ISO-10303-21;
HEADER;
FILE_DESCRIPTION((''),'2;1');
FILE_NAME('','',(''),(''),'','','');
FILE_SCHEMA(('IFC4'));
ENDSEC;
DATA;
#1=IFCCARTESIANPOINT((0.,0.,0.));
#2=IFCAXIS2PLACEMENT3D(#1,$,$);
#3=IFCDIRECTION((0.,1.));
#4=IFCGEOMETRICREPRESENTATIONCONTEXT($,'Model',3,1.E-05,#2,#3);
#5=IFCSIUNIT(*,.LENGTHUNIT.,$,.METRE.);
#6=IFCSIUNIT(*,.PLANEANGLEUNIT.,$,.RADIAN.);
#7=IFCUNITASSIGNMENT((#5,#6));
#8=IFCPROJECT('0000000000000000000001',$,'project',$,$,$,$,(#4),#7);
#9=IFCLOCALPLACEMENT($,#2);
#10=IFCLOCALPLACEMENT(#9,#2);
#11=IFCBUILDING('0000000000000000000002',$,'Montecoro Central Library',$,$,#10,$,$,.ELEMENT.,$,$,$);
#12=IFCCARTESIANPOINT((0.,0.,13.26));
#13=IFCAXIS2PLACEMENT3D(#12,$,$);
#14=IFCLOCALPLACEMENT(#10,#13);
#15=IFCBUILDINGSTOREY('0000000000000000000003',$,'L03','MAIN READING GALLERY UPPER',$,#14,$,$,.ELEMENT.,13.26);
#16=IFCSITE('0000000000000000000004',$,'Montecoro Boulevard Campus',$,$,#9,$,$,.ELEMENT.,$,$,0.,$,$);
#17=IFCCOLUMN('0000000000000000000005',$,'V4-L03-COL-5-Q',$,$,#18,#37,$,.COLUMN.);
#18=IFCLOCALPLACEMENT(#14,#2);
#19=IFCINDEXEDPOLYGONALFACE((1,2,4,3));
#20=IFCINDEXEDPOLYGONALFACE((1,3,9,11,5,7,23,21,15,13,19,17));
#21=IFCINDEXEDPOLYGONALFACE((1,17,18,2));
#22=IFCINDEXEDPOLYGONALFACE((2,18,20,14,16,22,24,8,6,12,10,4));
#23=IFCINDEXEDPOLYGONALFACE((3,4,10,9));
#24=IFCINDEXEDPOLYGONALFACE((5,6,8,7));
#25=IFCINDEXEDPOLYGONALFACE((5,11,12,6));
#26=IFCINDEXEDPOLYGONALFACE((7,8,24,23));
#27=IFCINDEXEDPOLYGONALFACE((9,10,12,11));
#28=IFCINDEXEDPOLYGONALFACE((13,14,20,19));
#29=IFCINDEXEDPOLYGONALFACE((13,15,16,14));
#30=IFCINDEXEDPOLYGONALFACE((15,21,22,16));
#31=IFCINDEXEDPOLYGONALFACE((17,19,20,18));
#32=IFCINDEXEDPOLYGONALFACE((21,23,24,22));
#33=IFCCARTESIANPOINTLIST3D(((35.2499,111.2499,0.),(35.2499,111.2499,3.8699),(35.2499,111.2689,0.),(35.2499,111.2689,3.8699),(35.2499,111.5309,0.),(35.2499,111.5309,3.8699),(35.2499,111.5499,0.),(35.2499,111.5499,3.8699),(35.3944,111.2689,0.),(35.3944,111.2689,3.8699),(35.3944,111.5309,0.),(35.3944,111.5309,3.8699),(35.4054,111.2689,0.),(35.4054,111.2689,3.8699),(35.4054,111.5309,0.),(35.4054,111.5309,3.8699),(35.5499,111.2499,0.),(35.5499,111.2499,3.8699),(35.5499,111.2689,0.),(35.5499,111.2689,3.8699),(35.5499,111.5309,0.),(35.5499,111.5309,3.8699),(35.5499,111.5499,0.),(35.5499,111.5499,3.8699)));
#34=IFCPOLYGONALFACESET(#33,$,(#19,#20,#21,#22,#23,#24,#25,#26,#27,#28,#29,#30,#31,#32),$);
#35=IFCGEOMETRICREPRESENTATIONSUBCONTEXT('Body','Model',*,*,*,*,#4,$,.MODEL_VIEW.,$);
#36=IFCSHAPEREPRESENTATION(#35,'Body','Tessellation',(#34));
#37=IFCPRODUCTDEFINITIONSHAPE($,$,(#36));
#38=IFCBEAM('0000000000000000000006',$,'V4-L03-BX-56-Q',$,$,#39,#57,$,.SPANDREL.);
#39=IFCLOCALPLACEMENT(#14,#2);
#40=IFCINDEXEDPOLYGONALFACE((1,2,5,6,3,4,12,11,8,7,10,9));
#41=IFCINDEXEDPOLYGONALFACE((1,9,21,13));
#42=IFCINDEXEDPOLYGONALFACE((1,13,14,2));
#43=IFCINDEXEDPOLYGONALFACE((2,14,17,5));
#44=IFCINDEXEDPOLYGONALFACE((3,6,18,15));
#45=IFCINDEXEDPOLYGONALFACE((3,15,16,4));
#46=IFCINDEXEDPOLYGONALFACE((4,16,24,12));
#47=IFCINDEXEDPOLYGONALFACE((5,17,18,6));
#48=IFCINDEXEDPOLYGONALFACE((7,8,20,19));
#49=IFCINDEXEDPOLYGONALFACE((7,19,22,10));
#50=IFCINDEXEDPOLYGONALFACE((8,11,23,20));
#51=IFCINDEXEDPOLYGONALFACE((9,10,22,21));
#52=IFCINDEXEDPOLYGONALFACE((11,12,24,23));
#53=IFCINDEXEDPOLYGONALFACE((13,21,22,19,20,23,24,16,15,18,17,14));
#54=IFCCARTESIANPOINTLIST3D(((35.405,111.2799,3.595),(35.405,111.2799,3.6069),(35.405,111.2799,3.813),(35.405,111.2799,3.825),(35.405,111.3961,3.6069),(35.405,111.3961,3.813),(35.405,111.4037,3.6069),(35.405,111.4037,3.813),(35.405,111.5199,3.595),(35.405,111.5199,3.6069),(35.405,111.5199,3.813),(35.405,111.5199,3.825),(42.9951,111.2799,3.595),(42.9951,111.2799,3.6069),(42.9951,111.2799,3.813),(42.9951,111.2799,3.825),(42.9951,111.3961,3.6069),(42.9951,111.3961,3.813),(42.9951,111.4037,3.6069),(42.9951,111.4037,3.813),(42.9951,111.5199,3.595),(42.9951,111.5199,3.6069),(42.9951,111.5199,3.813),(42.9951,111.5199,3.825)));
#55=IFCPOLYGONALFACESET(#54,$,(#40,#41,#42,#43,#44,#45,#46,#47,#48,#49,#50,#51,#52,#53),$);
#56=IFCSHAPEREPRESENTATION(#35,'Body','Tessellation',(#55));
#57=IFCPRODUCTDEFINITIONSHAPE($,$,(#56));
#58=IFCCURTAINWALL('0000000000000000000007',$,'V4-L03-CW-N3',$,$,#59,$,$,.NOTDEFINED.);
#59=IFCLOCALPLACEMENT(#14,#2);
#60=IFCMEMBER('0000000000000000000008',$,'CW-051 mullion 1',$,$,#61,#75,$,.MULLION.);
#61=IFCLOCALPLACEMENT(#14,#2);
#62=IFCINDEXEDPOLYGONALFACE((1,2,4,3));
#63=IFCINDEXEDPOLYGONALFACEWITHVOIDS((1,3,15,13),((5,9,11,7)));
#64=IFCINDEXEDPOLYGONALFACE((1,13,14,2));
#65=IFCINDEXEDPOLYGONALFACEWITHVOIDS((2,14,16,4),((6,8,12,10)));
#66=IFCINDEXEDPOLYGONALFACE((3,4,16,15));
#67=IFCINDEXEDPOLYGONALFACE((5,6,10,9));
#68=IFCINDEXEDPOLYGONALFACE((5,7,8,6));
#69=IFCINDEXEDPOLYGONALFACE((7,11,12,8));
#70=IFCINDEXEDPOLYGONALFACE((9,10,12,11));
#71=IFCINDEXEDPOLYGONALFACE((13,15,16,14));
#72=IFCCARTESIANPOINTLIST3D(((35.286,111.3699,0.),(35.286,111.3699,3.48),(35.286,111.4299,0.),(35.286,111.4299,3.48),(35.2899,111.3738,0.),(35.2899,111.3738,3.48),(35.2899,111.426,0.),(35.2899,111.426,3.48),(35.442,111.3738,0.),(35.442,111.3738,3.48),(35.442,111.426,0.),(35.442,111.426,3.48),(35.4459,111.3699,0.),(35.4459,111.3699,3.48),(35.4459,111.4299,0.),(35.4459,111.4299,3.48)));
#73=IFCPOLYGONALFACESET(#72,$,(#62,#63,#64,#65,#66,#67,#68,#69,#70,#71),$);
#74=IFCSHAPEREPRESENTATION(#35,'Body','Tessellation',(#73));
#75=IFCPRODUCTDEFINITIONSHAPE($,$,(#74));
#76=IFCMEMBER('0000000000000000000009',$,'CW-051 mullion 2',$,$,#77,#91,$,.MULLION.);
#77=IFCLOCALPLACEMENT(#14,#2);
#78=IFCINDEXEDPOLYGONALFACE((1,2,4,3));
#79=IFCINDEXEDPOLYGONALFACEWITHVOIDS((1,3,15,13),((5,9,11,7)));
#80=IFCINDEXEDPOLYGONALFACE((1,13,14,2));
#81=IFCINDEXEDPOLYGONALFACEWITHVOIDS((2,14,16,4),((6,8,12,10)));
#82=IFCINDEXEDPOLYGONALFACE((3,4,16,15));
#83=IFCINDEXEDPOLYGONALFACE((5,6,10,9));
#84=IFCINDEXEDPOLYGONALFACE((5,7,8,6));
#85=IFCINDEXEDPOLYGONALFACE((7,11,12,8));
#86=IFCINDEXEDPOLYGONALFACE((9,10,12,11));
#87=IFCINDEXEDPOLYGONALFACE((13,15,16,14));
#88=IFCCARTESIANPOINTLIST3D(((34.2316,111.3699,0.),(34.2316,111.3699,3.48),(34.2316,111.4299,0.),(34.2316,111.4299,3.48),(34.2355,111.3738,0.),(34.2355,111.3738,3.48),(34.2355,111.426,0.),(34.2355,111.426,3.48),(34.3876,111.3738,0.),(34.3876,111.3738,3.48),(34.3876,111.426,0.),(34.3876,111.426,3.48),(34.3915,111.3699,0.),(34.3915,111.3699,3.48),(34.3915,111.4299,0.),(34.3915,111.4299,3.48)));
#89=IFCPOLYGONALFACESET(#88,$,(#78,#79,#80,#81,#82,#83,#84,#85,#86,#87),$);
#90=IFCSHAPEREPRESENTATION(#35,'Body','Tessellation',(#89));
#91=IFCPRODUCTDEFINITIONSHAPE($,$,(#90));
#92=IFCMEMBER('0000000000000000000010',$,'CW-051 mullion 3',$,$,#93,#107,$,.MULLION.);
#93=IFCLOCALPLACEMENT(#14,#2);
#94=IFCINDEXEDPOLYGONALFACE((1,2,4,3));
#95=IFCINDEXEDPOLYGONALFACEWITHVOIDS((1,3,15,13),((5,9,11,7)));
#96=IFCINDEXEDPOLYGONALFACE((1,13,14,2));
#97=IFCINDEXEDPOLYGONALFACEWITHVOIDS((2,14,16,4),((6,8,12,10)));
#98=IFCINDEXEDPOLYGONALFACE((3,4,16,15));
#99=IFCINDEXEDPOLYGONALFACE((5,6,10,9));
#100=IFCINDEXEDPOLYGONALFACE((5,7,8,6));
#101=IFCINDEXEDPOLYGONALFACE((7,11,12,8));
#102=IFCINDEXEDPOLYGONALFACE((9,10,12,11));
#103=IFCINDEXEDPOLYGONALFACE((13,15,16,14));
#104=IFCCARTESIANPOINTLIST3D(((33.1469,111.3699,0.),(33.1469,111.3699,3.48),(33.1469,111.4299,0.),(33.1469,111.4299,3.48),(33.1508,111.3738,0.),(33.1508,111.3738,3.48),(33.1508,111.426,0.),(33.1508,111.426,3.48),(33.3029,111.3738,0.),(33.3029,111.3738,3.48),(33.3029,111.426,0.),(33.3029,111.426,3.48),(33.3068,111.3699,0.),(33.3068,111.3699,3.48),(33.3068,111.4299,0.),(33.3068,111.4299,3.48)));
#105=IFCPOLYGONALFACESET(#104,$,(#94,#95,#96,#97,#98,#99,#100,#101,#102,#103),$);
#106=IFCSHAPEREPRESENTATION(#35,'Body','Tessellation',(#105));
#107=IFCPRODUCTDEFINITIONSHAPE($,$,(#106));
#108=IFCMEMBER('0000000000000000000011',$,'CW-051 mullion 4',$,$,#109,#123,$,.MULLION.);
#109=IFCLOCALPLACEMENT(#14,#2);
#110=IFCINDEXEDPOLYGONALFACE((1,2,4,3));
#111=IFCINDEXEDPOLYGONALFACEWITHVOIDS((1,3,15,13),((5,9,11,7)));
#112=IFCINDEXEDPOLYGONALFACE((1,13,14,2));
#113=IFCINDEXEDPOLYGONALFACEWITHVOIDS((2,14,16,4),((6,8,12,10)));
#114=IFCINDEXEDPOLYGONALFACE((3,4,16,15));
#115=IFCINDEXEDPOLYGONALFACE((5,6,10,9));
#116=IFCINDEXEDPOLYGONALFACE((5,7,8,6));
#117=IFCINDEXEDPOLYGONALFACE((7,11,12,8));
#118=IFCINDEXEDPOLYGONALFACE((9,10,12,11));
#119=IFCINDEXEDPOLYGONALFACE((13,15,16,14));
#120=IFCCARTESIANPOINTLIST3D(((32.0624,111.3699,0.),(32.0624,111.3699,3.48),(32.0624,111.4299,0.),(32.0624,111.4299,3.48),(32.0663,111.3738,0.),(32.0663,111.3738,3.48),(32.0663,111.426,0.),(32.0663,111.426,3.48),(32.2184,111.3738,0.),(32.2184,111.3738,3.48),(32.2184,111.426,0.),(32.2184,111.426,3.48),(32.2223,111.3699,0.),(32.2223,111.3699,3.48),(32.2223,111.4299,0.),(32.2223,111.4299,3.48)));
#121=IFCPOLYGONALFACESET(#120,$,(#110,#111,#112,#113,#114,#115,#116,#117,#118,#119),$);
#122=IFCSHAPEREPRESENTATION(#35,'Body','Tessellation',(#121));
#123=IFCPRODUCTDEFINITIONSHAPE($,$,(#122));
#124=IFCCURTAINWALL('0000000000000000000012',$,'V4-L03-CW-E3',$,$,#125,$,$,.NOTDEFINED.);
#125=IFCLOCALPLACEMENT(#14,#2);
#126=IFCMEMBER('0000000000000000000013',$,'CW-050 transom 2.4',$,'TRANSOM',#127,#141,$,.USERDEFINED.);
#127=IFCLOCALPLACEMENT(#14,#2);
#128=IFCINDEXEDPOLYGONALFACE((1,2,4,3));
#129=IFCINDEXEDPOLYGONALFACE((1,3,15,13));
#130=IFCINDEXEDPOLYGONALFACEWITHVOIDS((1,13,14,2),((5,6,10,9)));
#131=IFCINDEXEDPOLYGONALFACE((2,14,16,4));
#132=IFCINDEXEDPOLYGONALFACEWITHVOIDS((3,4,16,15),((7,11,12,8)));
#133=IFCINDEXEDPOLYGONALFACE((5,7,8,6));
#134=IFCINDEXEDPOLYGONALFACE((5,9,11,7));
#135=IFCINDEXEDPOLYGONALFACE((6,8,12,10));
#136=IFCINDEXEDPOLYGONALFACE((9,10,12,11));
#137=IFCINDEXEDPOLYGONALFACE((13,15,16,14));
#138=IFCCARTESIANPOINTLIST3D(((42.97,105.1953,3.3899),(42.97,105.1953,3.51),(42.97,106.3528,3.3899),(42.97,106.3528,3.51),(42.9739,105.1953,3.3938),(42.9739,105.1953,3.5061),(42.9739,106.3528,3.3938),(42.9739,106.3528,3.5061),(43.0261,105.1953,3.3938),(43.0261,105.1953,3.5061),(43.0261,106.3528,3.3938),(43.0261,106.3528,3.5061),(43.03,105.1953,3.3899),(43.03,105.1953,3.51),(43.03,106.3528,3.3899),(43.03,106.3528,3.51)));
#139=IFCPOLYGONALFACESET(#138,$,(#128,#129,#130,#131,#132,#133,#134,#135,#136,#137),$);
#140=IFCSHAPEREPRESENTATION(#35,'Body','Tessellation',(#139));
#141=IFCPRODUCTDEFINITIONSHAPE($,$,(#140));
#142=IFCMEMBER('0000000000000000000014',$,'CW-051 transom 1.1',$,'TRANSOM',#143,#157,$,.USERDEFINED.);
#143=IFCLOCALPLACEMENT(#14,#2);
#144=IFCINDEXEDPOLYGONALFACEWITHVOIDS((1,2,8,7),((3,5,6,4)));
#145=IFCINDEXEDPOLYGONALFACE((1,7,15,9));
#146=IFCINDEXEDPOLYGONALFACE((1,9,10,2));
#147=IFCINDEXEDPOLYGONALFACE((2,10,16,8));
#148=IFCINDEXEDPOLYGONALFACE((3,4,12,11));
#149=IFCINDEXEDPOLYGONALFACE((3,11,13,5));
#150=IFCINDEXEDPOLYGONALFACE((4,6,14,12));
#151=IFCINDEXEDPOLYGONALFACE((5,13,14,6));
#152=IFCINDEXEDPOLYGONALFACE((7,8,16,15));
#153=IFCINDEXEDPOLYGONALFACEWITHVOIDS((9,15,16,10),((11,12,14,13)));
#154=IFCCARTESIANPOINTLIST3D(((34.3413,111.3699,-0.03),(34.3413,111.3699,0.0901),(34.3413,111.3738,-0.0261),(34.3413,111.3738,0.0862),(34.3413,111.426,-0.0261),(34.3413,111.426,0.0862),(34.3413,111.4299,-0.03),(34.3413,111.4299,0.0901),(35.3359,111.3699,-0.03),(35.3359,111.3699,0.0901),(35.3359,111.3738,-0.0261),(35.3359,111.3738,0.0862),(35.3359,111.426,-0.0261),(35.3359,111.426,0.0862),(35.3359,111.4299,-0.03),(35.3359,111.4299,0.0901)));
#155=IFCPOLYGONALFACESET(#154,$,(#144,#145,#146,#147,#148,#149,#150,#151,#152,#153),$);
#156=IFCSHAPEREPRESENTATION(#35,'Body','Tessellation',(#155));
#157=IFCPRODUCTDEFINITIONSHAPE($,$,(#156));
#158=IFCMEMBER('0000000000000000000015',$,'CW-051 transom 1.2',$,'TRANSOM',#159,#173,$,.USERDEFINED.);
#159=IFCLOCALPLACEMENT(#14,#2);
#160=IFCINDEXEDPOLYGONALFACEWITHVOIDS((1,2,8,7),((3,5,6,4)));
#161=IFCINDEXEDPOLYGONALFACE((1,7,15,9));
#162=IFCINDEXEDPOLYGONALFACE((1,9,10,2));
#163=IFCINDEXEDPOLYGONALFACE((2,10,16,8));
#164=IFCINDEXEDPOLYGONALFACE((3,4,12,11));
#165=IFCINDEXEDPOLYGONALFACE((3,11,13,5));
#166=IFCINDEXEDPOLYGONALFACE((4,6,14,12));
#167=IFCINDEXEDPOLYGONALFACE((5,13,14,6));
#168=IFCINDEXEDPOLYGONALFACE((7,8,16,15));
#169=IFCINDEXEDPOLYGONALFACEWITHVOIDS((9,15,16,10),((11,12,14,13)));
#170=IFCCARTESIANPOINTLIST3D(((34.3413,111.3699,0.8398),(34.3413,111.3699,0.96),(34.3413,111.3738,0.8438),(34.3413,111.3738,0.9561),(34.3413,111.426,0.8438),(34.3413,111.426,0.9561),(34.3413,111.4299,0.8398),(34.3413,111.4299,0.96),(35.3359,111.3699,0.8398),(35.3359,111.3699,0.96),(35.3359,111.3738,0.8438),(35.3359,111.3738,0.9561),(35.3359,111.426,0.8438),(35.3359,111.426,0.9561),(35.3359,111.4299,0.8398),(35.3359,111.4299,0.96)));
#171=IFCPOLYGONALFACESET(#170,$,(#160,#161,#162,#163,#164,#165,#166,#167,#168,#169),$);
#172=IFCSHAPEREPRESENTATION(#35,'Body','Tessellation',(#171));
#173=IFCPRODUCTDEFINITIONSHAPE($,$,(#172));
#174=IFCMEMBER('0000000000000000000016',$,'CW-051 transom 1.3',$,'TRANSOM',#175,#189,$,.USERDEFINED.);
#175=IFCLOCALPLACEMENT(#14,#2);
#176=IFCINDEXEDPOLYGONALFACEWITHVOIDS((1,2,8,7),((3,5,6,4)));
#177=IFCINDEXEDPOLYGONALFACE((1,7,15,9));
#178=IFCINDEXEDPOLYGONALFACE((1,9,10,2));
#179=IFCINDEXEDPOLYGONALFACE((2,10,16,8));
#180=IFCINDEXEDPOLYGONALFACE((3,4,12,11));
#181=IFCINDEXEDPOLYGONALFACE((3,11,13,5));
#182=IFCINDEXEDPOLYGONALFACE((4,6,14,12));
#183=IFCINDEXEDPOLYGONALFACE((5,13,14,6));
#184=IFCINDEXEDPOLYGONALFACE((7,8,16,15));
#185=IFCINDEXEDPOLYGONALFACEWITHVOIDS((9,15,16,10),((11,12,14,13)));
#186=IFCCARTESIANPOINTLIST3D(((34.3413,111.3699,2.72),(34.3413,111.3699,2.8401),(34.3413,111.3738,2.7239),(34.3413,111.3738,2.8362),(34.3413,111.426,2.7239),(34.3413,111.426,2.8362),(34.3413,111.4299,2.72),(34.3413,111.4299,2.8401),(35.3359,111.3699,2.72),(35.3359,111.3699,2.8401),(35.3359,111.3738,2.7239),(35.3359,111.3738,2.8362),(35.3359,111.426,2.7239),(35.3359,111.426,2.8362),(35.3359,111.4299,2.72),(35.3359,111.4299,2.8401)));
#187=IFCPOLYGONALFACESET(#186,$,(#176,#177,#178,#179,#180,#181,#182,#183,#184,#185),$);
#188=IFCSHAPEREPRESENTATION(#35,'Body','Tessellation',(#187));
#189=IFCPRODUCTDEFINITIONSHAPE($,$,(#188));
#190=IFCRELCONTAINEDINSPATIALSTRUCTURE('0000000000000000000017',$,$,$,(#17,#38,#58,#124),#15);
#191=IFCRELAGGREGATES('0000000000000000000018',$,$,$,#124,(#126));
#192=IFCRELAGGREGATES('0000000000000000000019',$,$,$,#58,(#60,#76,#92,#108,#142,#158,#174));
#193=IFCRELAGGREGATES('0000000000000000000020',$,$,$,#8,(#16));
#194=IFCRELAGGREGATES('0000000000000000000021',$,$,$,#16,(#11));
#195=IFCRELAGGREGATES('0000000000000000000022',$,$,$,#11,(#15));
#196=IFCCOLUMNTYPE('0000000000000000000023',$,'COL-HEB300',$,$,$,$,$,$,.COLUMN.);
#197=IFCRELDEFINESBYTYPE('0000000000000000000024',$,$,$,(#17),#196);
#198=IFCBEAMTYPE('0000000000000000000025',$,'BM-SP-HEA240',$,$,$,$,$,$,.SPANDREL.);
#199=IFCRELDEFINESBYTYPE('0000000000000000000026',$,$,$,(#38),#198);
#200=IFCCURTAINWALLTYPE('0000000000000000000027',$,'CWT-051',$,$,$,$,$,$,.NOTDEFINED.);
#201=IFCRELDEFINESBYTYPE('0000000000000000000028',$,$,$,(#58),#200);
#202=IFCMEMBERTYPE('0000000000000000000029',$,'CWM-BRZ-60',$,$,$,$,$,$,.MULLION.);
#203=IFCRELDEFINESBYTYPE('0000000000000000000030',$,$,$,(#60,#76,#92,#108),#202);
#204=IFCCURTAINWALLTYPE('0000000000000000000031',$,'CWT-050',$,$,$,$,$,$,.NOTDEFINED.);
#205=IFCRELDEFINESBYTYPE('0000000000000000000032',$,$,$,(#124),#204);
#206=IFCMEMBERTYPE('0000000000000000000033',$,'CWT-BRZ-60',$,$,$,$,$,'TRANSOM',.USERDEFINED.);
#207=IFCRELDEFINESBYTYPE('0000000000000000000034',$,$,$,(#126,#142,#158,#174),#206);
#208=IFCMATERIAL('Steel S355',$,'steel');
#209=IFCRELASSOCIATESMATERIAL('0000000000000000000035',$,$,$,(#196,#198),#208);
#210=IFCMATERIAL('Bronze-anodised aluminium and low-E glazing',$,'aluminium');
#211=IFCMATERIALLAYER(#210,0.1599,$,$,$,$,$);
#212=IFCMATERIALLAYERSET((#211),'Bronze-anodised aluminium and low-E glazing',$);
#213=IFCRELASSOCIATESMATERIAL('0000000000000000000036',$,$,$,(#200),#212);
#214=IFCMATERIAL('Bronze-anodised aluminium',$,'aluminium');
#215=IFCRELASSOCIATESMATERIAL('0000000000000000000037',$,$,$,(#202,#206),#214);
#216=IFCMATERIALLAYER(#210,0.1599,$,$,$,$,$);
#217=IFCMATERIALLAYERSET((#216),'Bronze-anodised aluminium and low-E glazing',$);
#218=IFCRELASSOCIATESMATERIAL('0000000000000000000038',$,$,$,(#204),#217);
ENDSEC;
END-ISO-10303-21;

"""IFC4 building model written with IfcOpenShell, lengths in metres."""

from ifc_helpers import new_model, si_unit, direction, frame, origin, origin_2d, place, context, subcontext, project, spatial, hollow_rectangle, i_section, extrude, material, layer, layer_set, material_profile, profile_set, type_object, element, aggregate, save


model = new_model("IFC4")

# Units and contexts
model_context = context("Model", 3, precision=1e-05, world=origin(), true_north=direction((0.0, 1.0)))
body_context = subcontext(model_context, "Body", "Model", "MODEL_VIEW")
ifc_project = project(units=[si_unit("LENGTHUNIT", "METRE"), si_unit("PLANEANGLEUNIT", "RADIAN")], contexts=[model_context])

# Site, building, storey
site_placement = place(None, origin())
site = spatial("IfcSite", under=ifc_project, at=site_placement, Name="Montecoro Boulevard Campus", CompositionType="ELEMENT", RefElevation=0.0)
building_placement = place(site_placement, origin())
building = spatial("IfcBuilding", under=site, at=building_placement, Name="Montecoro Central Library", CompositionType="ELEMENT")
storey_placement = place(building_placement, frame((0.0, 0.0, 13.26)))
storey = spatial("IfcBuildingStorey", under=building, at=storey_placement, Name="L03", Description="MAIN READING GALLERY UPPER", CompositionType="ELEMENT", Elevation=13.26)

# Column
ifc_material_1 = material(Name="Steel S355", Category="steel")
ifc_material_profile_1 = material_profile(ifc_material_1, i_section(OverallWidth=0.3, OverallDepth=0.3, WebThickness=0.011, FlangeThickness=0.019, at=origin_2d()), Name="HEB 300")
ifc_profile_set_1 = profile_set([ifc_material_profile_1], Name="Steel S355")
column_type = type_object("IfcColumnType", Name="COL-HEB300", PredefinedType="COLUMN", material=ifc_profile_set_1)
column_placement = place(storey_placement, frame((35.3999, 111.3999, 0.0), z_axis=(0.0, 0.0, 1.0), x_axis=(1.0, 0.0, 0.0)))
element("IfcColumn", 1, at=column_placement, inside=storey, type_object=column_type, Name="V4-L03-COL-5-Q", PredefinedType="COLUMN", context=body_context, shape_type="SweptSolid", body=[
    extrude(i_section(OverallWidth=0.3, OverallDepth=0.3, WebThickness=0.011, FlangeThickness=0.019, at=origin_2d()), origin(), (0.0, 0.0, 1.0), 3.8699),
])

# Beam
ifc_material_profile_2 = material_profile(ifc_material_1, i_section(OverallWidth=0.24, OverallDepth=0.23, WebThickness=0.0076, FlangeThickness=0.012, at=origin_2d()), Name="HEA 240")
ifc_profile_set_2 = profile_set([ifc_material_profile_2], Name="Steel S355")
beam_type = type_object("IfcBeamType", Name="BM-SP-HEA240", PredefinedType="SPANDREL", material=ifc_profile_set_2)
beam_placement = place(storey_placement, frame((35.405, 111.3999, 3.71), z_axis=(1.0, 0.0, 0.0), x_axis=(0.0, 1.0, 0.0)))
element("IfcBeam", 2, at=beam_placement, inside=storey, type_object=beam_type, Name="V4-L03-BX-56-Q", PredefinedType="SPANDREL", context=body_context, shape_type="SweptSolid", body=[
    extrude(i_section(OverallWidth=0.24, OverallDepth=0.23, WebThickness=0.0076, FlangeThickness=0.012, at=origin_2d()), origin(), (0.0, 0.0, 1.0), 7.5901),
])

# Curtain wall, members
ifc_material_2 = material(Name="Bronze-anodised aluminium and low-E glazing", Category="aluminium")
ifc_layer_1 = layer(ifc_material_2, 0.1599)
ifc_layer_set_1 = layer_set([ifc_layer_1], Name="Bronze-anodised aluminium and low-E glazing")
curtain_wall_type_1 = type_object("IfcCurtainWallType", Name="CWT-051", PredefinedType="NOTDEFINED", material=ifc_layer_set_1)
curtain_wall_1_placement = place(storey_placement, origin())
curtain_wall_1 = element("IfcCurtainWall", 3, at=curtain_wall_1_placement, inside=storey, type_object=curtain_wall_type_1, Name="V4-L03-CW-N3", PredefinedType="NOTDEFINED")
ifc_material_3 = material(Name="Bronze-anodised aluminium", Category="aluminium")
ifc_material_profile_3 = material_profile(ifc_material_3, hollow_rectangle(XDim=0.0601, YDim=0.1599, WallThickness=0.0039, at=origin_2d()), Name="CWM 160x60x4.0")
ifc_profile_set_3 = profile_set([ifc_material_profile_3], Name="Bronze-anodised aluminium")
member_type_1 = type_object("IfcMemberType", Name="CWM-BRZ-60", PredefinedType="MULLION", material=ifc_profile_set_3)
member_1_placement = place(storey_placement, frame((35.366, 111.3999, 0.0), z_axis=(0.0, 0.0, 1.0), x_axis=(0.0, -1.0, 0.0)))
member_1 = element("IfcMember", 4, at=member_1_placement, type_object=member_type_1, Name="CW-051 mullion 1", PredefinedType="MULLION", context=body_context, shape_type="SweptSolid", body=[
    extrude(hollow_rectangle(XDim=0.0601, YDim=0.1599, WallThickness=0.0039, at=origin_2d()), origin(), (0.0, 0.0, 1.0), 3.48),
])
member_2_placement = place(storey_placement, frame((34.3115, 111.3999, 0.0), z_axis=(0.0, 0.0, 1.0), x_axis=(0.0, -1.0, 0.0)))
member_2 = element("IfcMember", 5, at=member_2_placement, type_object=member_type_1, Name="CW-051 mullion 2", PredefinedType="MULLION", context=body_context, shape_type="SweptSolid", body=[
    extrude(hollow_rectangle(XDim=0.0601, YDim=0.1599, WallThickness=0.0039, at=origin_2d()), origin(), (0.0, 0.0, 1.0), 3.48),
])
member_3_placement = place(storey_placement, frame((33.2268, 111.3999, 0.0), z_axis=(0.0, 0.0, 1.0), x_axis=(0.0, -1.0, 0.0)))
member_3 = element("IfcMember", 6, at=member_3_placement, type_object=member_type_1, Name="CW-051 mullion 3", PredefinedType="MULLION", context=body_context, shape_type="SweptSolid", body=[
    extrude(hollow_rectangle(XDim=0.0601, YDim=0.1599, WallThickness=0.0039, at=origin_2d()), origin(), (0.0, 0.0, 1.0), 3.48),
])
member_4_placement = place(storey_placement, frame((32.1423, 111.3999, 0.0), z_axis=(0.0, 0.0, 1.0), x_axis=(0.0, -1.0, 0.0)))
member_4 = element("IfcMember", 7, at=member_4_placement, type_object=member_type_1, Name="CW-051 mullion 4", PredefinedType="MULLION", context=body_context, shape_type="SweptSolid", body=[
    extrude(hollow_rectangle(XDim=0.0601, YDim=0.1599, WallThickness=0.0039, at=origin_2d()), origin(), (0.0, 0.0, 1.0), 3.48),
])

# Curtain wall, member
ifc_layer_2 = layer(ifc_material_2, 0.1599)
ifc_layer_set_2 = layer_set([ifc_layer_2], Name="Bronze-anodised aluminium and low-E glazing")
curtain_wall_type_2 = type_object("IfcCurtainWallType", Name="CWT-050", PredefinedType="NOTDEFINED", material=ifc_layer_set_2)
curtain_wall_2_placement = place(storey_placement, origin())
curtain_wall_2 = element("IfcCurtainWall", 8, at=curtain_wall_2_placement, inside=storey, type_object=curtain_wall_type_2, Name="V4-L03-CW-E3", PredefinedType="NOTDEFINED")
ifc_material_profile_4 = material_profile(ifc_material_3, hollow_rectangle(XDim=0.0601, YDim=0.1201, WallThickness=0.0039, at=origin_2d()), Name="CWT 120x60x4.0")
ifc_profile_set_4 = profile_set([ifc_material_profile_4], Name="Bronze-anodised aluminium")
member_type_2 = type_object("IfcMemberType", Name="CWT-BRZ-60", ElementType="TRANSOM", PredefinedType="USERDEFINED", material=ifc_profile_set_4)
member_5_placement = place(storey_placement, frame((43.0, 105.1953, 3.45), z_axis=(0.0, 1.0, 0.0), x_axis=(-1.0, 0.0, 0.0)))
member_5 = element("IfcMember", 9, at=member_5_placement, type_object=member_type_2, Name="CW-050 transom 2.4", ObjectType="TRANSOM", PredefinedType="USERDEFINED", context=body_context, shape_type="SweptSolid", body=[
    extrude(hollow_rectangle(XDim=0.0601, YDim=0.1201, WallThickness=0.0039, at=origin_2d()), origin(), (0.0, 0.0, 1.0), 1.1575),
])

# Members
member_6_placement = place(storey_placement, frame((35.3359, 111.3999, 0.03), z_axis=(-1.0, 0.0, 0.0), x_axis=(0.0, -1.0, 0.0)))
member_6 = element("IfcMember", 10, at=member_6_placement, type_object=member_type_2, Name="CW-051 transom 1.1", ObjectType="TRANSOM", PredefinedType="USERDEFINED", context=body_context, shape_type="SweptSolid", body=[
    extrude(hollow_rectangle(XDim=0.0601, YDim=0.1201, WallThickness=0.0039, at=origin_2d()), origin(), (0.0, 0.0, 1.0), 0.9946),
])
member_7_placement = place(storey_placement, frame((35.3359, 111.3999, 0.8999), z_axis=(-1.0, 0.0, 0.0), x_axis=(0.0, -1.0, 0.0)))
member_7 = element("IfcMember", 11, at=member_7_placement, type_object=member_type_2, Name="CW-051 transom 1.2", ObjectType="TRANSOM", PredefinedType="USERDEFINED", context=body_context, shape_type="SweptSolid", body=[
    extrude(hollow_rectangle(XDim=0.0601, YDim=0.1201, WallThickness=0.0039, at=origin_2d()), origin(), (0.0, 0.0, 1.0), 0.9946),
])
member_8_placement = place(storey_placement, frame((35.3359, 111.3999, 2.78), z_axis=(-1.0, 0.0, 0.0), x_axis=(0.0, -1.0, 0.0)))
member_8 = element("IfcMember", 12, at=member_8_placement, type_object=member_type_2, Name="CW-051 transom 1.3", ObjectType="TRANSOM", PredefinedType="USERDEFINED", context=body_context, shape_type="SweptSolid", body=[
    extrude(hollow_rectangle(XDim=0.0601, YDim=0.1201, WallThickness=0.0039, at=origin_2d()), origin(), (0.0, 0.0, 1.0), 0.9946),
])

aggregate(curtain_wall_2, [member_5])
aggregate(curtain_wall_1, [member_1, member_2, member_3, member_4, member_6, member_7, member_8])

save(model, "model.ifc")
